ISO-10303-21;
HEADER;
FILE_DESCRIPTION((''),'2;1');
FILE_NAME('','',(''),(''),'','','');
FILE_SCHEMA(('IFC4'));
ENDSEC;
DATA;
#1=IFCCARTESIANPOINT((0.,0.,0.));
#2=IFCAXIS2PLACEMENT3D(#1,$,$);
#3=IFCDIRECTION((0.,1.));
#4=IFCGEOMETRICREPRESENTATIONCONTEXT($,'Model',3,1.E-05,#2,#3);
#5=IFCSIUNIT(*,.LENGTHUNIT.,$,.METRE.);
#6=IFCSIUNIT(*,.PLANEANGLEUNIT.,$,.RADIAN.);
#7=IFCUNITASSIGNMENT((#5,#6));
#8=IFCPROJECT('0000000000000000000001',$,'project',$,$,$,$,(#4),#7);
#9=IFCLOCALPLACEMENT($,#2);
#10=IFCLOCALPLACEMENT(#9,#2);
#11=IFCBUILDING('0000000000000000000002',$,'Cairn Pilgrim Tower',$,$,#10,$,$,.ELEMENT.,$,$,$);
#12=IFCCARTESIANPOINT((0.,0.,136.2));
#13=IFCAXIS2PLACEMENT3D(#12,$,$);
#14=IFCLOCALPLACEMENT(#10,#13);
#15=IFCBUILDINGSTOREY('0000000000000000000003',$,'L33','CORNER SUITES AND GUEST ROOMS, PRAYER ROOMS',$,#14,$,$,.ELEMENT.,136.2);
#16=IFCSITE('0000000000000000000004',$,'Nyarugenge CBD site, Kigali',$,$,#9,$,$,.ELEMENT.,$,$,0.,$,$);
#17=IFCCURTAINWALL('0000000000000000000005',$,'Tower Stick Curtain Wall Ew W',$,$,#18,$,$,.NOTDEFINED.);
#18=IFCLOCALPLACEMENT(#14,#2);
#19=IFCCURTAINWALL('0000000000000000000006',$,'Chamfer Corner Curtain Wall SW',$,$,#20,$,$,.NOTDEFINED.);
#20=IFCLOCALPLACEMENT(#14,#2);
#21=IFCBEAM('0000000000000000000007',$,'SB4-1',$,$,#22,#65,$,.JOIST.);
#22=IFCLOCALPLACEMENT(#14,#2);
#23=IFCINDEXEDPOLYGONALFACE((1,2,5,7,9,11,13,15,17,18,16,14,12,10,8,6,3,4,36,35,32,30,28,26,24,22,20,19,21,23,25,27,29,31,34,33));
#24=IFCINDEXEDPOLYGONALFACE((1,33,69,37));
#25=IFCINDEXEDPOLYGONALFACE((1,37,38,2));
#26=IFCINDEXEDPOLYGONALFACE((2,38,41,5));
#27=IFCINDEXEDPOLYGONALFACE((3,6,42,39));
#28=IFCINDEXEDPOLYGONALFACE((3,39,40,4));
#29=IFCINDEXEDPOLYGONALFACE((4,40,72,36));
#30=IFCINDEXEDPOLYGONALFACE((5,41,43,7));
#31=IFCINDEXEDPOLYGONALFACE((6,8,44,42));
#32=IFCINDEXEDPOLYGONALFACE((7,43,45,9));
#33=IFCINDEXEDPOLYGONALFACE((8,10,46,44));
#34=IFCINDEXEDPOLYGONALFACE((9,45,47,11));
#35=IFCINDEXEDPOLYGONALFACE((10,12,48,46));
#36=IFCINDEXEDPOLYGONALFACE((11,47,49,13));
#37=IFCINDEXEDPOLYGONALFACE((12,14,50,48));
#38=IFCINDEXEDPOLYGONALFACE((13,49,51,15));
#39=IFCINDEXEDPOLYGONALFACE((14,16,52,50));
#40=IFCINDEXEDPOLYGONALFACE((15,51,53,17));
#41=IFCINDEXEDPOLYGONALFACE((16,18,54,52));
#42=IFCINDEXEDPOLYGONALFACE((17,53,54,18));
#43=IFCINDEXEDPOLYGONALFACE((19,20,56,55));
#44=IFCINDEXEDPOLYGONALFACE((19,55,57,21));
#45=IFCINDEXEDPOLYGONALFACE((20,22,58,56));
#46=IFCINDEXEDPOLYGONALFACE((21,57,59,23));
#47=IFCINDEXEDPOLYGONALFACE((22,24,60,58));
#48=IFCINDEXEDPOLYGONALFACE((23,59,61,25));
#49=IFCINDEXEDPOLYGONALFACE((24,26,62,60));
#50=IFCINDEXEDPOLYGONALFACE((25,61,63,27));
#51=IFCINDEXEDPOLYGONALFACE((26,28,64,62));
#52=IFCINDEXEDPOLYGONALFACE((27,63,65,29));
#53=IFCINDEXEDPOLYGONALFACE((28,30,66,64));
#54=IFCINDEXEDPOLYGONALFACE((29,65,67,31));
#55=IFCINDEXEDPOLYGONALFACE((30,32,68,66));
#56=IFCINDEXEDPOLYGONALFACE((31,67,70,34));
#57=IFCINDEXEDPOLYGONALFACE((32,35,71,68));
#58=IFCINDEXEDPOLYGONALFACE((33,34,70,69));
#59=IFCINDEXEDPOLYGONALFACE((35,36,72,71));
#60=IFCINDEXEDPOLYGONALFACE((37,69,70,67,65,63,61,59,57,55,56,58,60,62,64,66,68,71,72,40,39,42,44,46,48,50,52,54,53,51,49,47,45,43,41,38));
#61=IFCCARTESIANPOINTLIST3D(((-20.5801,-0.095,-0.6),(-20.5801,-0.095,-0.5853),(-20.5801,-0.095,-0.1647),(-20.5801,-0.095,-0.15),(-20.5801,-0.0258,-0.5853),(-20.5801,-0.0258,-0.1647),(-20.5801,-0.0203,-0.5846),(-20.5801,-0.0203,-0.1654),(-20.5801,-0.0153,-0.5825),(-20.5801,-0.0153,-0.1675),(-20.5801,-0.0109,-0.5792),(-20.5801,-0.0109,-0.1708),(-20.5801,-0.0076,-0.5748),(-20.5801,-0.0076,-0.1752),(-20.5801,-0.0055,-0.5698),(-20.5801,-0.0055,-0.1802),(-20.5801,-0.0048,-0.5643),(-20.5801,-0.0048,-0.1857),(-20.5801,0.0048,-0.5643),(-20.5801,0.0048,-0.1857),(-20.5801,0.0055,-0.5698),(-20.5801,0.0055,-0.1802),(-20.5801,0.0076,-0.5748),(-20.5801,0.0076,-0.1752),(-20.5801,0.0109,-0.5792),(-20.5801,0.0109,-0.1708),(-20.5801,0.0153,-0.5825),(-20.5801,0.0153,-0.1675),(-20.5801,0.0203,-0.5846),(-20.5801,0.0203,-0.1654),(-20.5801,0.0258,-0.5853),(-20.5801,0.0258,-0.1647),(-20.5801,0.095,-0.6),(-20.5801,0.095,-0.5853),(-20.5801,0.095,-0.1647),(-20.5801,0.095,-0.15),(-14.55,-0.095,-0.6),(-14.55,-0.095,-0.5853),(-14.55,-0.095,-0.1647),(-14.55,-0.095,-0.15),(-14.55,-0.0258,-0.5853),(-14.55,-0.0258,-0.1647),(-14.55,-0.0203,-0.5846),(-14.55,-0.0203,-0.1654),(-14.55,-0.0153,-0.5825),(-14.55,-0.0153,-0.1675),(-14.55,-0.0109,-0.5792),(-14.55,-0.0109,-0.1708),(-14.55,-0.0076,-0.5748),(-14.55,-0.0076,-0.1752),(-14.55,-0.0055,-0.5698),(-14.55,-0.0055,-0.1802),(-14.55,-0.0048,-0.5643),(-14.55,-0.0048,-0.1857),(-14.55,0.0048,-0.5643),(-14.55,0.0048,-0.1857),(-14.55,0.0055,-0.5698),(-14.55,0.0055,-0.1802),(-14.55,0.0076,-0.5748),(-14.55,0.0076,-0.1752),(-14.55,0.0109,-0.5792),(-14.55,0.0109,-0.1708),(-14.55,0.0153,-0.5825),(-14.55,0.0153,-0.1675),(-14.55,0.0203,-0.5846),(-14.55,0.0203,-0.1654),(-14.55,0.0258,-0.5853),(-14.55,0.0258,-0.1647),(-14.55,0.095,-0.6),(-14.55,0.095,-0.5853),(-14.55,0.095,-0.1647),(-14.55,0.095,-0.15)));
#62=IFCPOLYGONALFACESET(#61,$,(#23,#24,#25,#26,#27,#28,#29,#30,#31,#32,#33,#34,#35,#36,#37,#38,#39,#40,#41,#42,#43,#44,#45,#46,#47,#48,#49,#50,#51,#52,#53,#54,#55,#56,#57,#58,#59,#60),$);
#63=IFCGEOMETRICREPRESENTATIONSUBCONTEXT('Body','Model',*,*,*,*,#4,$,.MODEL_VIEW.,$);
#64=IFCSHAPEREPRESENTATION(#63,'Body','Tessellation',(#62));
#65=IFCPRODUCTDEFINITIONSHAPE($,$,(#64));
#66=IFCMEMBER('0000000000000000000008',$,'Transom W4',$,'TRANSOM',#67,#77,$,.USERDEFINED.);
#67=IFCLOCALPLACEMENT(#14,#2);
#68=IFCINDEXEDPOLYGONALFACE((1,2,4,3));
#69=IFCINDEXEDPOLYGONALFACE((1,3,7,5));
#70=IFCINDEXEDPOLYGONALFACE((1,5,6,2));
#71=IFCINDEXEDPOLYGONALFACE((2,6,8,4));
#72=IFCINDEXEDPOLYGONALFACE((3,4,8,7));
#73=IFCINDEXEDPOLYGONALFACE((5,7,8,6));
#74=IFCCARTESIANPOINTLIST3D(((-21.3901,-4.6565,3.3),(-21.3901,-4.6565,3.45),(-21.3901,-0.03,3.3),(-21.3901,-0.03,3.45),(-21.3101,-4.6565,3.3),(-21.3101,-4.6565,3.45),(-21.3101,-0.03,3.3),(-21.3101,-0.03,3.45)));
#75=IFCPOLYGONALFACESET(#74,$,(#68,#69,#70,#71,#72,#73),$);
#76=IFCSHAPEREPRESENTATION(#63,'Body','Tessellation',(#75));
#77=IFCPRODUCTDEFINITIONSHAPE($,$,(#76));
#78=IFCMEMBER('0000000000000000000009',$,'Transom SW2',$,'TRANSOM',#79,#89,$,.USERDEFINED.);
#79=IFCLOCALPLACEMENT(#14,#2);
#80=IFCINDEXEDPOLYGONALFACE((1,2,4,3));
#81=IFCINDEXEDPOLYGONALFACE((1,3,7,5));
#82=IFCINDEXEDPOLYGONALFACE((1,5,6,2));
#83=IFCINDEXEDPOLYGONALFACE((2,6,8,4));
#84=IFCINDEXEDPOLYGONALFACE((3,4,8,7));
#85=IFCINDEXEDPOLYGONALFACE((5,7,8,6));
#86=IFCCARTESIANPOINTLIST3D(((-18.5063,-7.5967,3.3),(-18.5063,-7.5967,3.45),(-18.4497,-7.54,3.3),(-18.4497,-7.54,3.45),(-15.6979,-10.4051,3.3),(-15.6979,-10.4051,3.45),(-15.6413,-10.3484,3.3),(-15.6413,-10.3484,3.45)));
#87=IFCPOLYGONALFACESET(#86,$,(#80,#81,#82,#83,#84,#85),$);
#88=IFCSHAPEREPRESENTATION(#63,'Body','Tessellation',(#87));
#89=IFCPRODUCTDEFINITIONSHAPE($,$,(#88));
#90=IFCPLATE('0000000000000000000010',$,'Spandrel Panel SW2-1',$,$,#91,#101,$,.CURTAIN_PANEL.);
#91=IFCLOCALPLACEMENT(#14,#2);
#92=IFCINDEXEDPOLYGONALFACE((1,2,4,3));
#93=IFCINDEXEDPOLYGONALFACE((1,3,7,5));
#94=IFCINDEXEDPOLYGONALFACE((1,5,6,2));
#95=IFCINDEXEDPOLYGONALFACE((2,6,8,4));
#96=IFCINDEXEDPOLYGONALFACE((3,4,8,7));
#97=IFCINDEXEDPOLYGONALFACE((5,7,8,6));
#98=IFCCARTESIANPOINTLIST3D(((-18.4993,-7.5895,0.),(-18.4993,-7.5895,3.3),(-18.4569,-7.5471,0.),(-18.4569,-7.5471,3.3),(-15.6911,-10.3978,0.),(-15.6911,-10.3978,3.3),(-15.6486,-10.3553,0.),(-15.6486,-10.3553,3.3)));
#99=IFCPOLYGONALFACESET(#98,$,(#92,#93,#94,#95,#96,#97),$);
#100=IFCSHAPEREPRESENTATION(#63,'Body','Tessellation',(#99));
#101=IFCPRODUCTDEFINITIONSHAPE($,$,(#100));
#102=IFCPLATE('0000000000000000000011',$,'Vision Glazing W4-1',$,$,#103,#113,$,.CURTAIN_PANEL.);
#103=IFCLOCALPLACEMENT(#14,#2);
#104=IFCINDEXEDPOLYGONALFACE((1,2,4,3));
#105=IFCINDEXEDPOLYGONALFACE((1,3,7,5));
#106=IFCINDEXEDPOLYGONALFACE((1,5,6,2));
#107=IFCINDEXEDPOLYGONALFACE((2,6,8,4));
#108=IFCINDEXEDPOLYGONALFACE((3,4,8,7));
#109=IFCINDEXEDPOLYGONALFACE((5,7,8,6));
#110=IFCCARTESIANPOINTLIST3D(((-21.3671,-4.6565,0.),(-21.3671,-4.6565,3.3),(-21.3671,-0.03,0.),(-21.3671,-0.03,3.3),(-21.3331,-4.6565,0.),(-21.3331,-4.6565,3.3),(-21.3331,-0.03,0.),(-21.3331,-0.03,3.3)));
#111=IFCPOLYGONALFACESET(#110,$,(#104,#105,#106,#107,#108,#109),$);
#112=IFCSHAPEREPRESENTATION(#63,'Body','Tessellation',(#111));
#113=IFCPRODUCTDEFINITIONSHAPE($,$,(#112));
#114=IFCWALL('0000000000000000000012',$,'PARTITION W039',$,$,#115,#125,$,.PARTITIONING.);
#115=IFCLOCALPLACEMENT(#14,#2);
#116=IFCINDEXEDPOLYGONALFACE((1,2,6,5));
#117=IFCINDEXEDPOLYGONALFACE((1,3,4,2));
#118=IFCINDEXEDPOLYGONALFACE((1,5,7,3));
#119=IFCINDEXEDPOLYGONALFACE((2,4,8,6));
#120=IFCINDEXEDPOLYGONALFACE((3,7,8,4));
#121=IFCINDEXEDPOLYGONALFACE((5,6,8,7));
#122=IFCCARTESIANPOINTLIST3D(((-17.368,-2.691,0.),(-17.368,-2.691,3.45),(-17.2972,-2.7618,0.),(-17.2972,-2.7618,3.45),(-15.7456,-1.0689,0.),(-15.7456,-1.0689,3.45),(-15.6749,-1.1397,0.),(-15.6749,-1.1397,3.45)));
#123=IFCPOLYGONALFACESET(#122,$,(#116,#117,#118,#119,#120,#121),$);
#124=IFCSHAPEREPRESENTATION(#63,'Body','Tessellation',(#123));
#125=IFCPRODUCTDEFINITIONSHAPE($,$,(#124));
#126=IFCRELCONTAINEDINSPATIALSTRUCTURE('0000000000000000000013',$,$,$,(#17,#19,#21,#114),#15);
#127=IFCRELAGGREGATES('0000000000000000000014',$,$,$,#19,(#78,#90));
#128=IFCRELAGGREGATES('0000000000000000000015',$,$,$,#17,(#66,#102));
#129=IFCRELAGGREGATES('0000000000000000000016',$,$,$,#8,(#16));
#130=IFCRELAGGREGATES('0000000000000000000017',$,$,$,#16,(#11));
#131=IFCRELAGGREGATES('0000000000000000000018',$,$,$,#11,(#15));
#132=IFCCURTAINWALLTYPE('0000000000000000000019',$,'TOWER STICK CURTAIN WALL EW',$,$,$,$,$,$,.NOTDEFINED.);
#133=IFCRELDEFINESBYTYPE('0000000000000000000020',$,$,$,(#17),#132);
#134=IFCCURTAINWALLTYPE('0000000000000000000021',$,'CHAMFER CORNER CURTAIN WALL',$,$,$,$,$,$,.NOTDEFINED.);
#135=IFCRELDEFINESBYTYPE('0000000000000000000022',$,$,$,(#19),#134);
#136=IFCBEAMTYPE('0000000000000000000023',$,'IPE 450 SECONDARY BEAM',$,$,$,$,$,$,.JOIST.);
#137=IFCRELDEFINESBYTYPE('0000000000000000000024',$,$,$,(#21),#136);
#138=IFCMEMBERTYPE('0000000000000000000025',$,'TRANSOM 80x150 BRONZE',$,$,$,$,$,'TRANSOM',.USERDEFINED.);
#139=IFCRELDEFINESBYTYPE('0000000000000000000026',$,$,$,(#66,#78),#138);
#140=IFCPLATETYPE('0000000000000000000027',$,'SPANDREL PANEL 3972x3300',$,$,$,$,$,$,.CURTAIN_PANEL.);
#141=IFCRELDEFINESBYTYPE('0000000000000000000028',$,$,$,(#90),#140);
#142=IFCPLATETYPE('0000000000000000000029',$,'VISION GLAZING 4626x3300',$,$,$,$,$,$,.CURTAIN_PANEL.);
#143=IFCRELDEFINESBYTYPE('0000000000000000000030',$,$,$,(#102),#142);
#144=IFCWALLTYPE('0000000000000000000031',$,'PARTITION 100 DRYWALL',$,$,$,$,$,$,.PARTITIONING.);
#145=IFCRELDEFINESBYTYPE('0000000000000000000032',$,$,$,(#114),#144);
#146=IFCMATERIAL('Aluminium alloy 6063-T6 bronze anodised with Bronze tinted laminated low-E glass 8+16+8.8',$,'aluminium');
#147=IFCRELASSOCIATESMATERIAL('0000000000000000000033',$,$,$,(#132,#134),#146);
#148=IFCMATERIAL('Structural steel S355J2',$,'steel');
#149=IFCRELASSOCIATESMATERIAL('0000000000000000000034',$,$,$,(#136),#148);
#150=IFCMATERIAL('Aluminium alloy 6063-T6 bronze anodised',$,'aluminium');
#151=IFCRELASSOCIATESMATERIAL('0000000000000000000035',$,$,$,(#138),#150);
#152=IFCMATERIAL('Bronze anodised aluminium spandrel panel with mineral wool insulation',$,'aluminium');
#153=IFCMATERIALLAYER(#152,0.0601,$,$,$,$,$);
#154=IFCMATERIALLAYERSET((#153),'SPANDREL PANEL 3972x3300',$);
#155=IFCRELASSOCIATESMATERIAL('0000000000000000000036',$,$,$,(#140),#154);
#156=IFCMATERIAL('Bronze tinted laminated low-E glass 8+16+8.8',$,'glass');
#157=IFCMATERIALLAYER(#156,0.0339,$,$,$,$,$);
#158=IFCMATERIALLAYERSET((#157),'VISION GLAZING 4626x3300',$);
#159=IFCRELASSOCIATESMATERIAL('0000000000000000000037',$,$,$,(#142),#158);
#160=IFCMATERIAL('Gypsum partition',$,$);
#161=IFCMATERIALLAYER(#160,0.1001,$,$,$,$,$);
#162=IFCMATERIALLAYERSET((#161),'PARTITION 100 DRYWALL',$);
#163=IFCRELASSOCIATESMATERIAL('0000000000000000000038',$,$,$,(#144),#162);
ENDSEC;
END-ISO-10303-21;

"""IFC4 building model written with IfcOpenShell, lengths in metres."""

from ifc_helpers import new_model, si_unit, direction, frame, frame_2d, origin, origin_2d, place, context, subcontext, project, spatial, rectangle, i_section, extrude, material, layer, layer_set, material_profile, profile_set, type_object, element, aggregate, save


model = new_model("IFC4")

# Units and contexts
model_context = context("Model", 3, precision=1e-05, world=origin(), true_north=direction((0.0, 1.0)))
body_context = subcontext(model_context, "Body", "Model", "MODEL_VIEW")
ifc_project = project(units=[si_unit("LENGTHUNIT", "METRE"), si_unit("PLANEANGLEUNIT", "RADIAN")], contexts=[model_context])

# Site, building, storey
site_placement = place(None, origin())
site = spatial("IfcSite", under=ifc_project, at=site_placement, Name="Nyarugenge CBD site, Kigali", CompositionType="ELEMENT", RefElevation=0.0)
building_placement = place(site_placement, origin())
building = spatial("IfcBuilding", under=site, at=building_placement, Name="Cairn Pilgrim Tower", CompositionType="ELEMENT")
storey_placement = place(building_placement, frame((0.0, 0.0, 136.2)))
storey = spatial("IfcBuildingStorey", under=building, at=storey_placement, Name="L33", Description="CORNER SUITES AND GUEST ROOMS, PRAYER ROOMS", CompositionType="ELEMENT", Elevation=136.2)

# Curtain wall
ifc_material_1 = material(Name="Aluminium alloy 6063-T6 bronze anodised with Bronze tinted laminated low-E glass 8+16+8.8", Category="aluminium")
curtain_wall_type_1 = type_object("IfcCurtainWallType", Name="TOWER STICK CURTAIN WALL EW", PredefinedType="NOTDEFINED", material=ifc_material_1)
curtain_wall_1_placement = place(storey_placement, origin())
curtain_wall_1 = element("IfcCurtainWall", 1, at=curtain_wall_1_placement, inside=storey, type_object=curtain_wall_type_1, Name="Tower Stick Curtain Wall Ew W", PredefinedType="NOTDEFINED")
ifc_material_2 = material(Name="Aluminium alloy 6063-T6 bronze anodised", Category="aluminium")

# Curtain wall
curtain_wall_type_2 = type_object("IfcCurtainWallType", Name="CHAMFER CORNER CURTAIN WALL", PredefinedType="NOTDEFINED", material=ifc_material_1)
curtain_wall_2_placement = place(storey_placement, origin())
curtain_wall_2 = element("IfcCurtainWall", 2, at=curtain_wall_2_placement, inside=storey, type_object=curtain_wall_type_2, Name="Chamfer Corner Curtain Wall SW", PredefinedType="NOTDEFINED")

# Beam
ifc_material_3 = material(Name="Structural steel S355J2", Category="steel")
ifc_material_profile_1 = material_profile(ifc_material_3, i_section(OverallWidth=0.1899, OverallDepth=0.45, WebThickness=0.0095, FlangeThickness=0.0146, FilletRadius=0.021, at=origin_2d()), Name="IPE 450")
ifc_profile_set_1 = profile_set([ifc_material_profile_1], Name="Structural steel S355J2")
beam_type_1 = type_object("IfcBeamType", Name="IPE 450 SECONDARY BEAM", PredefinedType="JOIST", material=ifc_profile_set_1)
beam_1_placement = place(storey_placement, frame((-20.5801, 0.0, -0.375), z_axis=(1.0, 0.0, 0.0), x_axis=(0.0, 1.0, 0.0)))
element("IfcBeam", 3, at=beam_1_placement, inside=storey, type_object=beam_type_1, Name="SB4-1", PredefinedType="JOIST", context=body_context, shape_type="SweptSolid", body=[
    extrude(i_section(OverallWidth=0.1899, OverallDepth=0.45, WebThickness=0.0095, FlangeThickness=0.0146, FilletRadius=0.021, at=origin_2d()), origin(), (0.0, 0.0, 1.0), 6.03),
])

# Members
ifc_material_profile_2 = material_profile(ifc_material_2, rectangle(XDim=0.0801, YDim=0.1499, at=origin_2d()), Name="TRANSOM 80x150 BRONZE")
ifc_profile_set_2 = profile_set([ifc_material_profile_2], Name="Aluminium alloy 6063-T6 bronze anodised")
member_type_1 = type_object("IfcMemberType", Name="TRANSOM 80x150 BRONZE", ElementType="TRANSOM", PredefinedType="USERDEFINED", material=ifc_profile_set_2)
member_1_placement = place(storey_placement, frame((-21.3501, -0.03, 3.375), z_axis=(0.0, -1.0, 0.0), x_axis=(1.0, 0.0, 0.0)))
member_1 = element("IfcMember", 4, at=member_1_placement, type_object=member_type_1, Name="Transom W4", ObjectType="TRANSOM", PredefinedType="USERDEFINED", context=body_context, shape_type="SweptSolid", body=[
    extrude(rectangle(XDim=0.0801, YDim=0.1499, at=origin_2d()), origin(), (0.0, 0.0, 1.0), 4.6265),
])
member_2_placement = place(storey_placement, frame((-18.478, -7.5684, 3.375), z_axis=(0.707107, -0.707107, 0.0), x_axis=(0.707107, 0.707107, 0.0)))
member_2 = element("IfcMember", 5, at=member_2_placement, type_object=member_type_1, Name="Transom SW2", ObjectType="TRANSOM", PredefinedType="USERDEFINED", context=body_context, shape_type="SweptSolid", body=[
    extrude(rectangle(XDim=0.0801, YDim=0.1499, at=origin_2d()), origin(), (0.0, 0.0, 1.0), 3.9717),
])

# Plates
ifc_material_4 = material(Name="Bronze anodised aluminium spandrel panel with mineral wool insulation", Category="aluminium")
ifc_layer_1 = layer(ifc_material_4, 0.0601)
ifc_layer_set_1 = layer_set([ifc_layer_1], Name="SPANDREL PANEL 3972x3300")
plate_type_1 = type_object("IfcPlateType", Name="SPANDREL PANEL 3972x3300", PredefinedType="CURTAIN_PANEL", material=ifc_layer_set_1)
plate_1_placement = place(storey_placement, frame((-17.074, -8.9724, 0.0), z_axis=(0.0, 0.0, 1.0), x_axis=(0.707107, -0.707107, 0.0)))
plate_1 = element("IfcPlate", 6, at=plate_1_placement, type_object=plate_type_1, Name="Spandrel Panel SW2-1", PredefinedType="CURTAIN_PANEL", context=body_context, shape_type="SweptSolid", body=[
    extrude(rectangle(XDim=3.9714, YDim=0.0601, at=origin_2d()), origin(), (0.0, 0.0, 1.0), 3.3),
])
aggregate(curtain_wall_2, [member_2, plate_1])
ifc_material_5 = material(Name="Bronze tinted laminated low-E glass 8+16+8.8", Category="glass")
ifc_layer_2 = layer(ifc_material_5, 0.0339)
ifc_layer_set_2 = layer_set([ifc_layer_2], Name="VISION GLAZING 4626x3300")
plate_type_2 = type_object("IfcPlateType", Name="VISION GLAZING 4626x3300", PredefinedType="CURTAIN_PANEL", material=ifc_layer_set_2)
plate_2_placement = place(storey_placement, frame((-21.3501, -2.3433, 0.0), z_axis=(0.0, 0.0, 1.0), x_axis=(0.0, -1.0, 0.0)))
plate_2 = element("IfcPlate", 7, at=plate_2_placement, type_object=plate_type_2, Name="Vision Glazing W4-1", PredefinedType="CURTAIN_PANEL", context=body_context, shape_type="SweptSolid", body=[
    extrude(rectangle(XDim=4.6265, YDim=0.0339, at=origin_2d()), origin(), (0.0, 0.0, 1.0), 3.3),
])
aggregate(curtain_wall_1, [member_1, plate_2])

# Wall
ifc_material_6 = material(Name="Gypsum partition")
ifc_layer_3 = layer(ifc_material_6, 0.1001)
ifc_layer_set_3 = layer_set([ifc_layer_3], Name="PARTITION 100 DRYWALL")
wall_type_1 = type_object("IfcWallType", Name="PARTITION 100 DRYWALL", PredefinedType="PARTITIONING", material=ifc_layer_set_3)
wall_1_placement = place(storey_placement, frame((-17.3325, -2.7263, 0.0), z_axis=(0.0, 0.0, 1.0), x_axis=(0.70716, 0.707054, 0.0)))
element("IfcWall", 8, at=wall_1_placement, inside=storey, type_object=wall_type_1, Name="PARTITION W039", PredefinedType="PARTITIONING", context=body_context, shape_type="SweptSolid", body=[
    extrude(rectangle(XDim=2.2942, YDim=0.1001, at=frame_2d((1.147, 0.0))), origin(), (0.0, 0.0, 1.0), 3.45),
])

save(model, "model.ifc")
